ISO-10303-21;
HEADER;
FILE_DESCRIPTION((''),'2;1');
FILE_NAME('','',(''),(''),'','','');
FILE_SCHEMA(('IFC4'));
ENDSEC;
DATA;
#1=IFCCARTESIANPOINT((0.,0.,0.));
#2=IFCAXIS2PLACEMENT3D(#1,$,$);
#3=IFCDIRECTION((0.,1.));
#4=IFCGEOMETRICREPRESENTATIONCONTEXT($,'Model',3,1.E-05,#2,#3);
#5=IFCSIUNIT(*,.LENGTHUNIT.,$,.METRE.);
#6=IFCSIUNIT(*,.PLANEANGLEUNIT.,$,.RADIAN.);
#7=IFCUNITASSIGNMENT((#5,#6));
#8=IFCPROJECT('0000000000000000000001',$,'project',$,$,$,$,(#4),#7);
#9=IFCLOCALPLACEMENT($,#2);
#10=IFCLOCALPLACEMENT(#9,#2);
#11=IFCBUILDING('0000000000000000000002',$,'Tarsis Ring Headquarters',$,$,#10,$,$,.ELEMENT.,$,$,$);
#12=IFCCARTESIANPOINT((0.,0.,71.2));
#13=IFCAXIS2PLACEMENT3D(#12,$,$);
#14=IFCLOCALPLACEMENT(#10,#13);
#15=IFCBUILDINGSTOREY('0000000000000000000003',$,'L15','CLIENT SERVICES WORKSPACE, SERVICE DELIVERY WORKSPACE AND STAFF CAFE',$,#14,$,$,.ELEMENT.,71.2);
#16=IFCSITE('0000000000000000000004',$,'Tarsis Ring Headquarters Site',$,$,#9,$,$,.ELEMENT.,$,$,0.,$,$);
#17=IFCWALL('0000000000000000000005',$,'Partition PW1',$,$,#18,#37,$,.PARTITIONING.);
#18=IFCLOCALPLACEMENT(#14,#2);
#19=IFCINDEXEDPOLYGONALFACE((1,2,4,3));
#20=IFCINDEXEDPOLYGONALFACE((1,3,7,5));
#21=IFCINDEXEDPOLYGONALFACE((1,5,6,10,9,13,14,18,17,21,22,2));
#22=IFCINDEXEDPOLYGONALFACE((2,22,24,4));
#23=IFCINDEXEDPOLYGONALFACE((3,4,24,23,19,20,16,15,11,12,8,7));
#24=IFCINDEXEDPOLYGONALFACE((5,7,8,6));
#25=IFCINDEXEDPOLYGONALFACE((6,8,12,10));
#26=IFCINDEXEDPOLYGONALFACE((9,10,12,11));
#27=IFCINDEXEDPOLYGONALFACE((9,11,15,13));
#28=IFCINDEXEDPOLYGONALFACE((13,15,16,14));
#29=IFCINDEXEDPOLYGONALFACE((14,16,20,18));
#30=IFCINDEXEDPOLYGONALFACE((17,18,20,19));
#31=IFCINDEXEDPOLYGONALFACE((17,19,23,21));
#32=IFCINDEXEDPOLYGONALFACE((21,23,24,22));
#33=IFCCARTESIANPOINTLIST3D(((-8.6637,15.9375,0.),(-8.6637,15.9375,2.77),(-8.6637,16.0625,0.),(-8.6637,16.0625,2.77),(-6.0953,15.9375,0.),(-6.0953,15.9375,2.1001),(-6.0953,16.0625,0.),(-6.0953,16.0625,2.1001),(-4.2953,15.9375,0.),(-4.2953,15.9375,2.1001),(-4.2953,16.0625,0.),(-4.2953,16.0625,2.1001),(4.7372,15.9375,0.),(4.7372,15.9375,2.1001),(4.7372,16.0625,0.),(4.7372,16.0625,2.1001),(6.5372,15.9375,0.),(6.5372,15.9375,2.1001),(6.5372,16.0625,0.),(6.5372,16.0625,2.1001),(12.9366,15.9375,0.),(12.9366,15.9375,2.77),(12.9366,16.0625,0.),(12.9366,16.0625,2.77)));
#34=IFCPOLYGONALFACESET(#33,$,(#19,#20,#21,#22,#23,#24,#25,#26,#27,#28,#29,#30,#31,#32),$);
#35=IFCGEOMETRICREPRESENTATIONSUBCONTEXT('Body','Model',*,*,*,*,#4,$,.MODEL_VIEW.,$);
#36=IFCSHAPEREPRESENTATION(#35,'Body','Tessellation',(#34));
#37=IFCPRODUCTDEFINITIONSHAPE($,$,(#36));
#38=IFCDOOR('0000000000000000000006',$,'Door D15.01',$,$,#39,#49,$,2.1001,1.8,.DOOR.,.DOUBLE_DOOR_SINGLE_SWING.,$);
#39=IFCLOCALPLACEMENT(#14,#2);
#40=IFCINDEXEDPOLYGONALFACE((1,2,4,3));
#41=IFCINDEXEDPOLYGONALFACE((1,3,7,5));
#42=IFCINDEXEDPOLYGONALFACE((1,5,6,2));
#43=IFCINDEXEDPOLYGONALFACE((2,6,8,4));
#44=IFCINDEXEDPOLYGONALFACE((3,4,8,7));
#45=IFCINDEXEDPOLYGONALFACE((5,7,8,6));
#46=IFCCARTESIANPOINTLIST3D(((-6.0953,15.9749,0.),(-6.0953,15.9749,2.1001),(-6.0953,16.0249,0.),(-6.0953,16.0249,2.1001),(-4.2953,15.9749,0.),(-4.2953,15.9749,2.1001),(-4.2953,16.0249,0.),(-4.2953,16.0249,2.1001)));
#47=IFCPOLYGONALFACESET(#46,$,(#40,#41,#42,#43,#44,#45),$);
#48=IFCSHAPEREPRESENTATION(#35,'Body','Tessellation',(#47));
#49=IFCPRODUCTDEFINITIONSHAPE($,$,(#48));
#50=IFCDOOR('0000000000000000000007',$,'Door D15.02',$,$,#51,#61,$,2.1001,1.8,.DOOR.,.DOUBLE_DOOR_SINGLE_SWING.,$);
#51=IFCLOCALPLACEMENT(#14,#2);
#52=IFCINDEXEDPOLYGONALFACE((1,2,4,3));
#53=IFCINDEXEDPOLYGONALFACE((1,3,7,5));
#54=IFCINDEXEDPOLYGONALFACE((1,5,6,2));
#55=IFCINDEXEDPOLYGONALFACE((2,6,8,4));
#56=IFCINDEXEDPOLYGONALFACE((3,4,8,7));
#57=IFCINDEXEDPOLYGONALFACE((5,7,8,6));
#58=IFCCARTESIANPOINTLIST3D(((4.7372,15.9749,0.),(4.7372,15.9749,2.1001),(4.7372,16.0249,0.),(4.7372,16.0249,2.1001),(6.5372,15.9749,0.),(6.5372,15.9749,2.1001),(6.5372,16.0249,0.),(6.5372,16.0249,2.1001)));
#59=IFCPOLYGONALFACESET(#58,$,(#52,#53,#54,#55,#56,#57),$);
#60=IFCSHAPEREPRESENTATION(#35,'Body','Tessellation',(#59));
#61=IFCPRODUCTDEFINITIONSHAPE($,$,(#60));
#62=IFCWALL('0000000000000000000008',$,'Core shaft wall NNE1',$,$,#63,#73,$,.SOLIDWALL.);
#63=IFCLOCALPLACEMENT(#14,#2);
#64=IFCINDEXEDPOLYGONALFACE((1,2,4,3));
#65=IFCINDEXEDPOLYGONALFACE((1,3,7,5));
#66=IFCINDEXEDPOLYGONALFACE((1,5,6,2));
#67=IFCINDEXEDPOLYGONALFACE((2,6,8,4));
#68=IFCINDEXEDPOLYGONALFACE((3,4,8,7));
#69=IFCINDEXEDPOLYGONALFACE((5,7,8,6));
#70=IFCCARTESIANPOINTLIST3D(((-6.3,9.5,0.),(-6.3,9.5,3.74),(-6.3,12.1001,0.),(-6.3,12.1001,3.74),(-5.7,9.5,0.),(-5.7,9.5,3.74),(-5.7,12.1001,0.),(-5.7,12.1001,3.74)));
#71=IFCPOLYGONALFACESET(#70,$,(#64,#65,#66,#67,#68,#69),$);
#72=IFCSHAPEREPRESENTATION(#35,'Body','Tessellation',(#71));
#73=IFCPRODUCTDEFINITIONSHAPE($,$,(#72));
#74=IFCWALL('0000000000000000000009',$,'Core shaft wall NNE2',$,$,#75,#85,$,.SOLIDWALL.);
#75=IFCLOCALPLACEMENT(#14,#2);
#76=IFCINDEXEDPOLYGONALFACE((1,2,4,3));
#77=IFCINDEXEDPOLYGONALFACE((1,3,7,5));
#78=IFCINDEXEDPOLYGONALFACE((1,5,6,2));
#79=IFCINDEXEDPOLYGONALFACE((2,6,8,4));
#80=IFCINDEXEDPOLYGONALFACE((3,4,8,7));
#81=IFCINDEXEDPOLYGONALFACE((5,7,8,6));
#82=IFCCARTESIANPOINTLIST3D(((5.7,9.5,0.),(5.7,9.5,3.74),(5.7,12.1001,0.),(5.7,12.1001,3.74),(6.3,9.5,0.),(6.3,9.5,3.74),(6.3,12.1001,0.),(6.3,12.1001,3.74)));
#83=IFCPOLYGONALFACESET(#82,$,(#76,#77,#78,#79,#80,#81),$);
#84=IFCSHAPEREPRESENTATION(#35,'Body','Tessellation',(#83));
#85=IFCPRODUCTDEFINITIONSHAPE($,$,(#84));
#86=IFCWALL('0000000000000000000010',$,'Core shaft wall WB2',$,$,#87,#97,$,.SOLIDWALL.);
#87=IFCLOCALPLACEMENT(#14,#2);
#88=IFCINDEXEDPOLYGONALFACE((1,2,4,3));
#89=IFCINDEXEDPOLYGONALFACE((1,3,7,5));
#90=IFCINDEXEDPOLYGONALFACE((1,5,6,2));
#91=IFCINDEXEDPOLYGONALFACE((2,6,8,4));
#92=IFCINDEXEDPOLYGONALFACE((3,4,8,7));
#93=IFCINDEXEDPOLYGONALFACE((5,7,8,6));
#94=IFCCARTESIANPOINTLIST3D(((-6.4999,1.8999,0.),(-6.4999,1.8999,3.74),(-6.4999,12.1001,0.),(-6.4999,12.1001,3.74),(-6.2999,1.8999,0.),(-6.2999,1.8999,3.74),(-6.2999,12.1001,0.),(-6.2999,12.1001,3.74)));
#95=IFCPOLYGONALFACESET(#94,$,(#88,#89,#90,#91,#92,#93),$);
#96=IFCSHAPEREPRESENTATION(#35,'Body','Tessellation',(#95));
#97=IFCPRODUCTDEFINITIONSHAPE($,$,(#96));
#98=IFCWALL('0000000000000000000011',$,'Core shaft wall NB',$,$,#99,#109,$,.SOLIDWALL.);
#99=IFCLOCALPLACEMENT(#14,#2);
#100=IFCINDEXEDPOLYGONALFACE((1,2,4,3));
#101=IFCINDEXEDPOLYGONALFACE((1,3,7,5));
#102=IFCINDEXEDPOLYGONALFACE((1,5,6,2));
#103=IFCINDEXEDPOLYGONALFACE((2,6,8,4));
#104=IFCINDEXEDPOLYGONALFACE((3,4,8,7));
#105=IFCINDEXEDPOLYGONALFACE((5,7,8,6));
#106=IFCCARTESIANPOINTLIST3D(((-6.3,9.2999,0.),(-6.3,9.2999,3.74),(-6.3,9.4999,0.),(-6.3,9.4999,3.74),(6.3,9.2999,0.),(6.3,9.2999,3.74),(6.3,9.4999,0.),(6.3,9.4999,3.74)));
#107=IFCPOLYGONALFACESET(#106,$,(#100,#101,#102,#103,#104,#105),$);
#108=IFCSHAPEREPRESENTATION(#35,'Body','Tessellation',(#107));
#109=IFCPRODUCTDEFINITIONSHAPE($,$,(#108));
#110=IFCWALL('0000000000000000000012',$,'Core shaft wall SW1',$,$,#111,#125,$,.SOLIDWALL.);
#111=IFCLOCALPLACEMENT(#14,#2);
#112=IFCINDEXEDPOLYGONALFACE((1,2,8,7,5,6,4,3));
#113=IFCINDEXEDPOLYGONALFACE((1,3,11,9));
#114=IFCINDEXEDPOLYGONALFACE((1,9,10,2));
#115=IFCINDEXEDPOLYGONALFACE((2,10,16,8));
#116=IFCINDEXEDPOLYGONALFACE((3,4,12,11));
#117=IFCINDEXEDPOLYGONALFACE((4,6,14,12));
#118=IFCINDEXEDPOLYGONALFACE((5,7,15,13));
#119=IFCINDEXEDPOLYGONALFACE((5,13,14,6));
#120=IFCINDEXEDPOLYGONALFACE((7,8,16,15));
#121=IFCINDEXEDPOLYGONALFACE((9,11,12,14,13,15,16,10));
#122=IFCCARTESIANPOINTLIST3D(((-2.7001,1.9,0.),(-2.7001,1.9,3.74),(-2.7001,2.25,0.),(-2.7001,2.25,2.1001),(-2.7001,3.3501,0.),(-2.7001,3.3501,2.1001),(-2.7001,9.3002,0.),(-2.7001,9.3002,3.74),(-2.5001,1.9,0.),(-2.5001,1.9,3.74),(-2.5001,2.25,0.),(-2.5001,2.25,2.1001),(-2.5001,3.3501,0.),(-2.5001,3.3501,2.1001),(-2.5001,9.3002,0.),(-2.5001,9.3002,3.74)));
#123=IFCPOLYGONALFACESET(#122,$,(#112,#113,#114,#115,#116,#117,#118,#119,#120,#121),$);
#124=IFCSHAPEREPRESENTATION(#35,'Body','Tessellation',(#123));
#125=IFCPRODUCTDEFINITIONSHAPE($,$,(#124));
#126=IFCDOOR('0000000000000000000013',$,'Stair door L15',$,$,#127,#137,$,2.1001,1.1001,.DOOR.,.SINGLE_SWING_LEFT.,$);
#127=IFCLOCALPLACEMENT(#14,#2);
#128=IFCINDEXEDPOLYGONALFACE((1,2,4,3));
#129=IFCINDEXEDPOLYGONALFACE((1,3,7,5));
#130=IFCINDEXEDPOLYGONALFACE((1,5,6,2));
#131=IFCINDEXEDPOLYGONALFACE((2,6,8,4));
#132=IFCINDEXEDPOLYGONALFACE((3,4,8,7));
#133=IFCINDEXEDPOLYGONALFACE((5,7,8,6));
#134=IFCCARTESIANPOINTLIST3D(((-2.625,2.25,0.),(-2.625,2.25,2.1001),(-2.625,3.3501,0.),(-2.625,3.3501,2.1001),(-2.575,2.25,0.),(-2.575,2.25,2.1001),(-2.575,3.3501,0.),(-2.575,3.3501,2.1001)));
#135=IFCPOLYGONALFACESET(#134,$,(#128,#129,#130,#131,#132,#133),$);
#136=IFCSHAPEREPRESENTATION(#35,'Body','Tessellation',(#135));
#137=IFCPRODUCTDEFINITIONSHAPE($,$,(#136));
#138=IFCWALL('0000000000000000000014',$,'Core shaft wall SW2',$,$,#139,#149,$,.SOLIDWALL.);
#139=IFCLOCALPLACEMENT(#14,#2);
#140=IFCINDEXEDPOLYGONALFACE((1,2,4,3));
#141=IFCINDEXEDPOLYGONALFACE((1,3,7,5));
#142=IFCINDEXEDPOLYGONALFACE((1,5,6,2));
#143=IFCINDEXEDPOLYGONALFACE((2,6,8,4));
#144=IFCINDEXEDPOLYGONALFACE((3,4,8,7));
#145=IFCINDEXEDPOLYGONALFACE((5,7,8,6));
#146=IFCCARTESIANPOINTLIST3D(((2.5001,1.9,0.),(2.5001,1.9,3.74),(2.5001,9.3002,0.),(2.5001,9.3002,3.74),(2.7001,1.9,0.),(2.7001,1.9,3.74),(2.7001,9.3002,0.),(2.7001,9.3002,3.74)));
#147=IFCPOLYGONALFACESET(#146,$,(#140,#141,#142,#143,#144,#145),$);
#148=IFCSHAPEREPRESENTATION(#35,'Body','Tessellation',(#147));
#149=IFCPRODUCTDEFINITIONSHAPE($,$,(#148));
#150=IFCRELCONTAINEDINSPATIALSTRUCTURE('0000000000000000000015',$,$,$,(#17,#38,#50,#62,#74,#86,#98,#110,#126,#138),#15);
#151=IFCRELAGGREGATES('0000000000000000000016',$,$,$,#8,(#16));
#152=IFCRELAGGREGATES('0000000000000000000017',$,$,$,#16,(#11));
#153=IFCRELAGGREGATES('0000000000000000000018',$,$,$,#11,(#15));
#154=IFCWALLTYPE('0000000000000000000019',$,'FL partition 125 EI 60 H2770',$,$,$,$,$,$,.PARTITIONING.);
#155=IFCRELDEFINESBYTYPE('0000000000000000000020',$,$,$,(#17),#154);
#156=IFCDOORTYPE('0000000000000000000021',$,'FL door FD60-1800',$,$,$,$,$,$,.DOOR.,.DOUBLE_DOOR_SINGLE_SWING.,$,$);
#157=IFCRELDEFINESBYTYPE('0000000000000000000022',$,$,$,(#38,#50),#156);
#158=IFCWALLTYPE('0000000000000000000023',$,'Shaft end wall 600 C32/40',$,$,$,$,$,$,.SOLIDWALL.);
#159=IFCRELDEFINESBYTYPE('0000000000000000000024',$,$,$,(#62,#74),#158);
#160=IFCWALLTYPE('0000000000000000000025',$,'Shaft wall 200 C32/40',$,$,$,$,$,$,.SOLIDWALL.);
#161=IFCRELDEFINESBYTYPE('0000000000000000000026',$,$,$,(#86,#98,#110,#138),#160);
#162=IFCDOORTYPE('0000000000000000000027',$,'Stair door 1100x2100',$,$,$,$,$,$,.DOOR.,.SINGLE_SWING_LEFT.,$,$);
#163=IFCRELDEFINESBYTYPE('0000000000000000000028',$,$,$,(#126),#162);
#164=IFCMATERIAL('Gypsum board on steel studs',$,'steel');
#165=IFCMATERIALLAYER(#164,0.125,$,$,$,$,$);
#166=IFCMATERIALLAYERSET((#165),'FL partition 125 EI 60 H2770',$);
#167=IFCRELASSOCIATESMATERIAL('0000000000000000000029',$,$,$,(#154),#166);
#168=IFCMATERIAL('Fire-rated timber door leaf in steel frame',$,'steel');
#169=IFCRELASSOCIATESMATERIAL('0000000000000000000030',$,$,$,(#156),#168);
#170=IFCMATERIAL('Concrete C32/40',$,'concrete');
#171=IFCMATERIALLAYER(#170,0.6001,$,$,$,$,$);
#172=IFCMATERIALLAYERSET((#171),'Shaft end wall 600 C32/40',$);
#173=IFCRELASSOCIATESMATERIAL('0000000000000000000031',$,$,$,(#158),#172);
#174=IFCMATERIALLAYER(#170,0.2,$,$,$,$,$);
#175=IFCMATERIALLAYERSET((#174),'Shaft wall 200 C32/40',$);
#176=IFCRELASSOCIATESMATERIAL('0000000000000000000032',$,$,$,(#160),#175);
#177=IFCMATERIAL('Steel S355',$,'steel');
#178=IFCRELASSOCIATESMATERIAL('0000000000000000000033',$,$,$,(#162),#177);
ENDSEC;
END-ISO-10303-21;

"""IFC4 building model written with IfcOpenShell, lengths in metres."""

from ifc_helpers import new_model, si_unit, direction, frame, frame_2d, origin, place, context, subcontext, project, spatial, rectangle, extrude, material, layer, layer_set, type_object, element, fill, save


model = new_model("IFC4")

# Units and contexts
model_context = context("Model", 3, precision=1e-05, world=origin(), true_north=direction((0.0, 1.0)))
body_context = subcontext(model_context, "Body", "Model", "MODEL_VIEW")
ifc_project = project(units=[si_unit("LENGTHUNIT", "METRE"), si_unit("PLANEANGLEUNIT", "RADIAN")], contexts=[model_context])

# Site, building, storey
site_placement = place(None, origin())
site = spatial("IfcSite", under=ifc_project, at=site_placement, Name="Tarsis Ring Headquarters Site", CompositionType="ELEMENT", RefElevation=0.0)
building_placement = place(site_placement, origin())
building = spatial("IfcBuilding", under=site, at=building_placement, Name="Tarsis Ring Headquarters", CompositionType="ELEMENT")
storey_placement = place(building_placement, frame((0.0, 0.0, 71.2)))
storey = spatial("IfcBuildingStorey", under=building, at=storey_placement, Name="L15", Description="CLIENT SERVICES WORKSPACE, SERVICE DELIVERY WORKSPACE AND STAFF CAFE", CompositionType="ELEMENT", Elevation=71.2)

# Wall, openings, doors
ifc_material_1 = material(Name="Gypsum board on steel studs", Category="steel")
ifc_layer_1 = layer(ifc_material_1, 0.125)
ifc_layer_set_1 = layer_set([ifc_layer_1], Name="FL partition 125 EI 60 H2770")
wall_type_1 = type_object("IfcWallType", Name="FL partition 125 EI 60 H2770", PredefinedType="PARTITIONING", material=ifc_layer_set_1)
wall_1_placement = place(storey_placement, frame((-8.6638, 16.0, 0.0), z_axis=(0.0, 0.0, 1.0), x_axis=(1.0, 0.0, 0.0)))
wall_1 = element("IfcWall", 1, at=wall_1_placement, inside=storey, type_object=wall_type_1, Name="Partition PW1", PredefinedType="PARTITIONING", context=body_context, shape_type="SweptSolid", body=[
    extrude(rectangle(XDim=21.6003, YDim=0.125, at=frame_2d((10.8003, 0.0))), origin(), (0.0, 0.0, 1.0), 2.77),
])
opening_1_placement = place(wall_1_placement, frame((2.5686, 0.0, 0.0)))
opening_1 = element("IfcOpeningElement", 2, at=opening_1_placement, cuts=wall_1, PredefinedType="OPENING", context=body_context, shape_type="SweptSolid", body=[
    extrude(rectangle(XDim=1.8, YDim=2.1001, at=frame_2d((0.8999, 1.05))), frame((0.0, 0.0725, 0.0), z_axis=(0.0, -1.0, 0.0), x_axis=(1.0, 0.0, 0.0)), (0.0, 0.0, 1.0), 0.145),
])
opening_2_placement = place(wall_1_placement, frame((13.4011, 0.0, 0.0)))
opening_2 = element("IfcOpeningElement", 3, at=opening_2_placement, cuts=wall_1, PredefinedType="OPENING", context=body_context, shape_type="SweptSolid", body=[
    extrude(rectangle(XDim=1.8, YDim=2.1001, at=frame_2d((0.8999, 1.05))), frame((0.0, 0.0725, 0.0), z_axis=(0.0, -1.0, 0.0), x_axis=(1.0, 0.0, 0.0)), (0.0, 0.0, 1.0), 0.145),
])
ifc_material_2 = material(Name="Fire-rated timber door leaf in steel frame", Category="steel")
door_type_1 = type_object("IfcDoorType", Name="FL door FD60-1800", OperationType="DOUBLE_DOOR_SINGLE_SWING", PredefinedType="DOOR", material=ifc_material_2)
door_1_placement = place(opening_1_placement, origin())
door_1 = element("IfcDoor", 4, at=door_1_placement, inside=storey, type_object=door_type_1, Name="Door D15.01", OperationType="DOUBLE_DOOR_SINGLE_SWING", OverallHeight=2.1001, OverallWidth=1.8, PredefinedType="DOOR", context=body_context, shape_type="SweptSolid", body=[
    extrude(rectangle(XDim=1.8, YDim=2.1001, at=frame_2d((0.8999, 1.05))), frame((0.0, 0.0249, 0.0), z_axis=(0.0, -1.0, 0.0), x_axis=(1.0, 0.0, 0.0)), (0.0, 0.0, 1.0), 0.05),
])
fill(opening_1, door_1)
door_2_placement = place(opening_2_placement, origin())
door_2 = element("IfcDoor", 5, at=door_2_placement, inside=storey, type_object=door_type_1, Name="Door D15.02", OperationType="DOUBLE_DOOR_SINGLE_SWING", OverallHeight=2.1001, OverallWidth=1.8, PredefinedType="DOOR", context=body_context, shape_type="SweptSolid", body=[
    extrude(rectangle(XDim=1.8, YDim=2.1001, at=frame_2d((0.8999, 1.05))), frame((0.0, 0.0249, 0.0), z_axis=(0.0, -1.0, 0.0), x_axis=(1.0, 0.0, 0.0)), (0.0, 0.0, 1.0), 0.05),
])
fill(opening_2, door_2)

# Walls
ifc_material_3 = material(Name="Concrete C32/40", Category="concrete")
ifc_layer_2 = layer(ifc_material_3, 0.6001)
ifc_layer_set_2 = layer_set([ifc_layer_2], Name="Shaft end wall 600 C32/40")
wall_type_2 = type_object("IfcWallType", Name="Shaft end wall 600 C32/40", PredefinedType="SOLIDWALL", material=ifc_layer_set_2)
for number, where, z_axis, x_axis, name in (
    (6, (-6.0, 9.5, 0.0), (0.0, 0.0, 1.0), (0.0, 1.0, 0.0), "Core shaft wall NNE1"),
    (7, (6.0, 9.5, 0.0), (0.0, 0.0, 1.0), (0.0, 1.0, 0.0), "Core shaft wall NNE2"),
):
    element("IfcWall", number, at=place(storey_placement, frame(where, z_axis=z_axis, x_axis=x_axis)), inside=storey, type_object=wall_type_2, Name=name, PredefinedType="SOLIDWALL", context=body_context, shape_type="SweptSolid", body=[
        extrude(rectangle(XDim=2.6001, YDim=0.6001, at=frame_2d((1.3, 0.0))), origin(), (0.0, 0.0, 1.0), 3.74),
    ])
ifc_layer_3 = layer(ifc_material_3, 0.2)
ifc_layer_set_3 = layer_set([ifc_layer_3], Name="Shaft wall 200 C32/40")
wall_type_3 = type_object("IfcWallType", Name="Shaft wall 200 C32/40", PredefinedType="SOLIDWALL", material=ifc_layer_set_3)
wall_2_placement = place(storey_placement, frame((-6.3999, 1.8999, 0.0), z_axis=(0.0, 0.0, 1.0), x_axis=(0.0, 1.0, 0.0)))
element("IfcWall", 8, at=wall_2_placement, inside=storey, type_object=wall_type_3, Name="Core shaft wall WB2", PredefinedType="SOLIDWALL", context=body_context, shape_type="SweptSolid", body=[
    extrude(rectangle(XDim=10.2002, YDim=0.2, at=frame_2d((5.1001, 0.0))), origin(), (0.0, 0.0, 1.0), 3.74),
])
wall_3_placement = place(storey_placement, frame((-6.3, 9.3999, 0.0), z_axis=(0.0, 0.0, 1.0), x_axis=(1.0, 0.0, 0.0)))
element("IfcWall", 9, at=wall_3_placement, inside=storey, type_object=wall_type_3, Name="Core shaft wall NB", PredefinedType="SOLIDWALL", context=body_context, shape_type="SweptSolid", body=[
    extrude(rectangle(XDim=12.6001, YDim=0.2, at=frame_2d((6.3, 0.0))), origin(), (0.0, 0.0, 1.0), 3.74),
])

# Wall, opening, door
wall_4_placement = place(storey_placement, frame((-2.6001, 1.8999, 0.0), z_axis=(0.0, 0.0, 1.0), x_axis=(0.0, 1.0, 0.0)))
wall_4 = element("IfcWall", 10, at=wall_4_placement, inside=storey, type_object=wall_type_3, Name="Core shaft wall SW1", PredefinedType="SOLIDWALL", context=body_context, shape_type="SweptSolid", body=[
    extrude(rectangle(XDim=7.4001, YDim=0.2, at=frame_2d((3.7002, 0.0))), origin(), (0.0, 0.0, 1.0), 3.74),
])
opening_3_placement = place(wall_4_placement, frame((0.3501, 0.0, 0.0)))
opening_3 = element("IfcOpeningElement", 11, at=opening_3_placement, cuts=wall_4, PredefinedType="OPENING", context=body_context, shape_type="SweptSolid", body=[
    extrude(rectangle(XDim=1.1001, YDim=2.1001, at=frame_2d((0.55, 1.05))), frame((0.0, 0.1099, 0.0), z_axis=(0.0, -1.0, 0.0), x_axis=(1.0, 0.0, 0.0)), (0.0, 0.0, 1.0), 0.22),
])
ifc_material_4 = material(Name="Steel S355", Category="steel")
door_type_2 = type_object("IfcDoorType", Name="Stair door 1100x2100", OperationType="SINGLE_SWING_LEFT", PredefinedType="DOOR", material=ifc_material_4)
door_3_placement = place(opening_3_placement, origin())
door_3 = element("IfcDoor", 12, at=door_3_placement, inside=storey, type_object=door_type_2, Name="Stair door L15", OperationType="SINGLE_SWING_LEFT", OverallHeight=2.1001, OverallWidth=1.1001, PredefinedType="DOOR", context=body_context, shape_type="SweptSolid", body=[
    extrude(rectangle(XDim=1.1001, YDim=2.1001, at=frame_2d((0.55, 1.05))), frame((0.0, 0.0249, 0.0), z_axis=(0.0, -1.0, 0.0), x_axis=(1.0, 0.0, 0.0)), (0.0, 0.0, 1.0), 0.05),
])
fill(opening_3, door_3)

# Wall
wall_5_placement = place(storey_placement, frame((2.6001, 1.8999, 0.0), z_axis=(0.0, 0.0, 1.0), x_axis=(0.0, 1.0, 0.0)))
element("IfcWall", 13, at=wall_5_placement, inside=storey, type_object=wall_type_3, Name="Core shaft wall SW2", PredefinedType="SOLIDWALL", context=body_context, shape_type="SweptSolid", body=[
    extrude(rectangle(XDim=7.4001, YDim=0.2, at=frame_2d((3.7002, 0.0))), origin(), (0.0, 0.0, 1.0), 3.74),
])

save(model, "model.ifc")
